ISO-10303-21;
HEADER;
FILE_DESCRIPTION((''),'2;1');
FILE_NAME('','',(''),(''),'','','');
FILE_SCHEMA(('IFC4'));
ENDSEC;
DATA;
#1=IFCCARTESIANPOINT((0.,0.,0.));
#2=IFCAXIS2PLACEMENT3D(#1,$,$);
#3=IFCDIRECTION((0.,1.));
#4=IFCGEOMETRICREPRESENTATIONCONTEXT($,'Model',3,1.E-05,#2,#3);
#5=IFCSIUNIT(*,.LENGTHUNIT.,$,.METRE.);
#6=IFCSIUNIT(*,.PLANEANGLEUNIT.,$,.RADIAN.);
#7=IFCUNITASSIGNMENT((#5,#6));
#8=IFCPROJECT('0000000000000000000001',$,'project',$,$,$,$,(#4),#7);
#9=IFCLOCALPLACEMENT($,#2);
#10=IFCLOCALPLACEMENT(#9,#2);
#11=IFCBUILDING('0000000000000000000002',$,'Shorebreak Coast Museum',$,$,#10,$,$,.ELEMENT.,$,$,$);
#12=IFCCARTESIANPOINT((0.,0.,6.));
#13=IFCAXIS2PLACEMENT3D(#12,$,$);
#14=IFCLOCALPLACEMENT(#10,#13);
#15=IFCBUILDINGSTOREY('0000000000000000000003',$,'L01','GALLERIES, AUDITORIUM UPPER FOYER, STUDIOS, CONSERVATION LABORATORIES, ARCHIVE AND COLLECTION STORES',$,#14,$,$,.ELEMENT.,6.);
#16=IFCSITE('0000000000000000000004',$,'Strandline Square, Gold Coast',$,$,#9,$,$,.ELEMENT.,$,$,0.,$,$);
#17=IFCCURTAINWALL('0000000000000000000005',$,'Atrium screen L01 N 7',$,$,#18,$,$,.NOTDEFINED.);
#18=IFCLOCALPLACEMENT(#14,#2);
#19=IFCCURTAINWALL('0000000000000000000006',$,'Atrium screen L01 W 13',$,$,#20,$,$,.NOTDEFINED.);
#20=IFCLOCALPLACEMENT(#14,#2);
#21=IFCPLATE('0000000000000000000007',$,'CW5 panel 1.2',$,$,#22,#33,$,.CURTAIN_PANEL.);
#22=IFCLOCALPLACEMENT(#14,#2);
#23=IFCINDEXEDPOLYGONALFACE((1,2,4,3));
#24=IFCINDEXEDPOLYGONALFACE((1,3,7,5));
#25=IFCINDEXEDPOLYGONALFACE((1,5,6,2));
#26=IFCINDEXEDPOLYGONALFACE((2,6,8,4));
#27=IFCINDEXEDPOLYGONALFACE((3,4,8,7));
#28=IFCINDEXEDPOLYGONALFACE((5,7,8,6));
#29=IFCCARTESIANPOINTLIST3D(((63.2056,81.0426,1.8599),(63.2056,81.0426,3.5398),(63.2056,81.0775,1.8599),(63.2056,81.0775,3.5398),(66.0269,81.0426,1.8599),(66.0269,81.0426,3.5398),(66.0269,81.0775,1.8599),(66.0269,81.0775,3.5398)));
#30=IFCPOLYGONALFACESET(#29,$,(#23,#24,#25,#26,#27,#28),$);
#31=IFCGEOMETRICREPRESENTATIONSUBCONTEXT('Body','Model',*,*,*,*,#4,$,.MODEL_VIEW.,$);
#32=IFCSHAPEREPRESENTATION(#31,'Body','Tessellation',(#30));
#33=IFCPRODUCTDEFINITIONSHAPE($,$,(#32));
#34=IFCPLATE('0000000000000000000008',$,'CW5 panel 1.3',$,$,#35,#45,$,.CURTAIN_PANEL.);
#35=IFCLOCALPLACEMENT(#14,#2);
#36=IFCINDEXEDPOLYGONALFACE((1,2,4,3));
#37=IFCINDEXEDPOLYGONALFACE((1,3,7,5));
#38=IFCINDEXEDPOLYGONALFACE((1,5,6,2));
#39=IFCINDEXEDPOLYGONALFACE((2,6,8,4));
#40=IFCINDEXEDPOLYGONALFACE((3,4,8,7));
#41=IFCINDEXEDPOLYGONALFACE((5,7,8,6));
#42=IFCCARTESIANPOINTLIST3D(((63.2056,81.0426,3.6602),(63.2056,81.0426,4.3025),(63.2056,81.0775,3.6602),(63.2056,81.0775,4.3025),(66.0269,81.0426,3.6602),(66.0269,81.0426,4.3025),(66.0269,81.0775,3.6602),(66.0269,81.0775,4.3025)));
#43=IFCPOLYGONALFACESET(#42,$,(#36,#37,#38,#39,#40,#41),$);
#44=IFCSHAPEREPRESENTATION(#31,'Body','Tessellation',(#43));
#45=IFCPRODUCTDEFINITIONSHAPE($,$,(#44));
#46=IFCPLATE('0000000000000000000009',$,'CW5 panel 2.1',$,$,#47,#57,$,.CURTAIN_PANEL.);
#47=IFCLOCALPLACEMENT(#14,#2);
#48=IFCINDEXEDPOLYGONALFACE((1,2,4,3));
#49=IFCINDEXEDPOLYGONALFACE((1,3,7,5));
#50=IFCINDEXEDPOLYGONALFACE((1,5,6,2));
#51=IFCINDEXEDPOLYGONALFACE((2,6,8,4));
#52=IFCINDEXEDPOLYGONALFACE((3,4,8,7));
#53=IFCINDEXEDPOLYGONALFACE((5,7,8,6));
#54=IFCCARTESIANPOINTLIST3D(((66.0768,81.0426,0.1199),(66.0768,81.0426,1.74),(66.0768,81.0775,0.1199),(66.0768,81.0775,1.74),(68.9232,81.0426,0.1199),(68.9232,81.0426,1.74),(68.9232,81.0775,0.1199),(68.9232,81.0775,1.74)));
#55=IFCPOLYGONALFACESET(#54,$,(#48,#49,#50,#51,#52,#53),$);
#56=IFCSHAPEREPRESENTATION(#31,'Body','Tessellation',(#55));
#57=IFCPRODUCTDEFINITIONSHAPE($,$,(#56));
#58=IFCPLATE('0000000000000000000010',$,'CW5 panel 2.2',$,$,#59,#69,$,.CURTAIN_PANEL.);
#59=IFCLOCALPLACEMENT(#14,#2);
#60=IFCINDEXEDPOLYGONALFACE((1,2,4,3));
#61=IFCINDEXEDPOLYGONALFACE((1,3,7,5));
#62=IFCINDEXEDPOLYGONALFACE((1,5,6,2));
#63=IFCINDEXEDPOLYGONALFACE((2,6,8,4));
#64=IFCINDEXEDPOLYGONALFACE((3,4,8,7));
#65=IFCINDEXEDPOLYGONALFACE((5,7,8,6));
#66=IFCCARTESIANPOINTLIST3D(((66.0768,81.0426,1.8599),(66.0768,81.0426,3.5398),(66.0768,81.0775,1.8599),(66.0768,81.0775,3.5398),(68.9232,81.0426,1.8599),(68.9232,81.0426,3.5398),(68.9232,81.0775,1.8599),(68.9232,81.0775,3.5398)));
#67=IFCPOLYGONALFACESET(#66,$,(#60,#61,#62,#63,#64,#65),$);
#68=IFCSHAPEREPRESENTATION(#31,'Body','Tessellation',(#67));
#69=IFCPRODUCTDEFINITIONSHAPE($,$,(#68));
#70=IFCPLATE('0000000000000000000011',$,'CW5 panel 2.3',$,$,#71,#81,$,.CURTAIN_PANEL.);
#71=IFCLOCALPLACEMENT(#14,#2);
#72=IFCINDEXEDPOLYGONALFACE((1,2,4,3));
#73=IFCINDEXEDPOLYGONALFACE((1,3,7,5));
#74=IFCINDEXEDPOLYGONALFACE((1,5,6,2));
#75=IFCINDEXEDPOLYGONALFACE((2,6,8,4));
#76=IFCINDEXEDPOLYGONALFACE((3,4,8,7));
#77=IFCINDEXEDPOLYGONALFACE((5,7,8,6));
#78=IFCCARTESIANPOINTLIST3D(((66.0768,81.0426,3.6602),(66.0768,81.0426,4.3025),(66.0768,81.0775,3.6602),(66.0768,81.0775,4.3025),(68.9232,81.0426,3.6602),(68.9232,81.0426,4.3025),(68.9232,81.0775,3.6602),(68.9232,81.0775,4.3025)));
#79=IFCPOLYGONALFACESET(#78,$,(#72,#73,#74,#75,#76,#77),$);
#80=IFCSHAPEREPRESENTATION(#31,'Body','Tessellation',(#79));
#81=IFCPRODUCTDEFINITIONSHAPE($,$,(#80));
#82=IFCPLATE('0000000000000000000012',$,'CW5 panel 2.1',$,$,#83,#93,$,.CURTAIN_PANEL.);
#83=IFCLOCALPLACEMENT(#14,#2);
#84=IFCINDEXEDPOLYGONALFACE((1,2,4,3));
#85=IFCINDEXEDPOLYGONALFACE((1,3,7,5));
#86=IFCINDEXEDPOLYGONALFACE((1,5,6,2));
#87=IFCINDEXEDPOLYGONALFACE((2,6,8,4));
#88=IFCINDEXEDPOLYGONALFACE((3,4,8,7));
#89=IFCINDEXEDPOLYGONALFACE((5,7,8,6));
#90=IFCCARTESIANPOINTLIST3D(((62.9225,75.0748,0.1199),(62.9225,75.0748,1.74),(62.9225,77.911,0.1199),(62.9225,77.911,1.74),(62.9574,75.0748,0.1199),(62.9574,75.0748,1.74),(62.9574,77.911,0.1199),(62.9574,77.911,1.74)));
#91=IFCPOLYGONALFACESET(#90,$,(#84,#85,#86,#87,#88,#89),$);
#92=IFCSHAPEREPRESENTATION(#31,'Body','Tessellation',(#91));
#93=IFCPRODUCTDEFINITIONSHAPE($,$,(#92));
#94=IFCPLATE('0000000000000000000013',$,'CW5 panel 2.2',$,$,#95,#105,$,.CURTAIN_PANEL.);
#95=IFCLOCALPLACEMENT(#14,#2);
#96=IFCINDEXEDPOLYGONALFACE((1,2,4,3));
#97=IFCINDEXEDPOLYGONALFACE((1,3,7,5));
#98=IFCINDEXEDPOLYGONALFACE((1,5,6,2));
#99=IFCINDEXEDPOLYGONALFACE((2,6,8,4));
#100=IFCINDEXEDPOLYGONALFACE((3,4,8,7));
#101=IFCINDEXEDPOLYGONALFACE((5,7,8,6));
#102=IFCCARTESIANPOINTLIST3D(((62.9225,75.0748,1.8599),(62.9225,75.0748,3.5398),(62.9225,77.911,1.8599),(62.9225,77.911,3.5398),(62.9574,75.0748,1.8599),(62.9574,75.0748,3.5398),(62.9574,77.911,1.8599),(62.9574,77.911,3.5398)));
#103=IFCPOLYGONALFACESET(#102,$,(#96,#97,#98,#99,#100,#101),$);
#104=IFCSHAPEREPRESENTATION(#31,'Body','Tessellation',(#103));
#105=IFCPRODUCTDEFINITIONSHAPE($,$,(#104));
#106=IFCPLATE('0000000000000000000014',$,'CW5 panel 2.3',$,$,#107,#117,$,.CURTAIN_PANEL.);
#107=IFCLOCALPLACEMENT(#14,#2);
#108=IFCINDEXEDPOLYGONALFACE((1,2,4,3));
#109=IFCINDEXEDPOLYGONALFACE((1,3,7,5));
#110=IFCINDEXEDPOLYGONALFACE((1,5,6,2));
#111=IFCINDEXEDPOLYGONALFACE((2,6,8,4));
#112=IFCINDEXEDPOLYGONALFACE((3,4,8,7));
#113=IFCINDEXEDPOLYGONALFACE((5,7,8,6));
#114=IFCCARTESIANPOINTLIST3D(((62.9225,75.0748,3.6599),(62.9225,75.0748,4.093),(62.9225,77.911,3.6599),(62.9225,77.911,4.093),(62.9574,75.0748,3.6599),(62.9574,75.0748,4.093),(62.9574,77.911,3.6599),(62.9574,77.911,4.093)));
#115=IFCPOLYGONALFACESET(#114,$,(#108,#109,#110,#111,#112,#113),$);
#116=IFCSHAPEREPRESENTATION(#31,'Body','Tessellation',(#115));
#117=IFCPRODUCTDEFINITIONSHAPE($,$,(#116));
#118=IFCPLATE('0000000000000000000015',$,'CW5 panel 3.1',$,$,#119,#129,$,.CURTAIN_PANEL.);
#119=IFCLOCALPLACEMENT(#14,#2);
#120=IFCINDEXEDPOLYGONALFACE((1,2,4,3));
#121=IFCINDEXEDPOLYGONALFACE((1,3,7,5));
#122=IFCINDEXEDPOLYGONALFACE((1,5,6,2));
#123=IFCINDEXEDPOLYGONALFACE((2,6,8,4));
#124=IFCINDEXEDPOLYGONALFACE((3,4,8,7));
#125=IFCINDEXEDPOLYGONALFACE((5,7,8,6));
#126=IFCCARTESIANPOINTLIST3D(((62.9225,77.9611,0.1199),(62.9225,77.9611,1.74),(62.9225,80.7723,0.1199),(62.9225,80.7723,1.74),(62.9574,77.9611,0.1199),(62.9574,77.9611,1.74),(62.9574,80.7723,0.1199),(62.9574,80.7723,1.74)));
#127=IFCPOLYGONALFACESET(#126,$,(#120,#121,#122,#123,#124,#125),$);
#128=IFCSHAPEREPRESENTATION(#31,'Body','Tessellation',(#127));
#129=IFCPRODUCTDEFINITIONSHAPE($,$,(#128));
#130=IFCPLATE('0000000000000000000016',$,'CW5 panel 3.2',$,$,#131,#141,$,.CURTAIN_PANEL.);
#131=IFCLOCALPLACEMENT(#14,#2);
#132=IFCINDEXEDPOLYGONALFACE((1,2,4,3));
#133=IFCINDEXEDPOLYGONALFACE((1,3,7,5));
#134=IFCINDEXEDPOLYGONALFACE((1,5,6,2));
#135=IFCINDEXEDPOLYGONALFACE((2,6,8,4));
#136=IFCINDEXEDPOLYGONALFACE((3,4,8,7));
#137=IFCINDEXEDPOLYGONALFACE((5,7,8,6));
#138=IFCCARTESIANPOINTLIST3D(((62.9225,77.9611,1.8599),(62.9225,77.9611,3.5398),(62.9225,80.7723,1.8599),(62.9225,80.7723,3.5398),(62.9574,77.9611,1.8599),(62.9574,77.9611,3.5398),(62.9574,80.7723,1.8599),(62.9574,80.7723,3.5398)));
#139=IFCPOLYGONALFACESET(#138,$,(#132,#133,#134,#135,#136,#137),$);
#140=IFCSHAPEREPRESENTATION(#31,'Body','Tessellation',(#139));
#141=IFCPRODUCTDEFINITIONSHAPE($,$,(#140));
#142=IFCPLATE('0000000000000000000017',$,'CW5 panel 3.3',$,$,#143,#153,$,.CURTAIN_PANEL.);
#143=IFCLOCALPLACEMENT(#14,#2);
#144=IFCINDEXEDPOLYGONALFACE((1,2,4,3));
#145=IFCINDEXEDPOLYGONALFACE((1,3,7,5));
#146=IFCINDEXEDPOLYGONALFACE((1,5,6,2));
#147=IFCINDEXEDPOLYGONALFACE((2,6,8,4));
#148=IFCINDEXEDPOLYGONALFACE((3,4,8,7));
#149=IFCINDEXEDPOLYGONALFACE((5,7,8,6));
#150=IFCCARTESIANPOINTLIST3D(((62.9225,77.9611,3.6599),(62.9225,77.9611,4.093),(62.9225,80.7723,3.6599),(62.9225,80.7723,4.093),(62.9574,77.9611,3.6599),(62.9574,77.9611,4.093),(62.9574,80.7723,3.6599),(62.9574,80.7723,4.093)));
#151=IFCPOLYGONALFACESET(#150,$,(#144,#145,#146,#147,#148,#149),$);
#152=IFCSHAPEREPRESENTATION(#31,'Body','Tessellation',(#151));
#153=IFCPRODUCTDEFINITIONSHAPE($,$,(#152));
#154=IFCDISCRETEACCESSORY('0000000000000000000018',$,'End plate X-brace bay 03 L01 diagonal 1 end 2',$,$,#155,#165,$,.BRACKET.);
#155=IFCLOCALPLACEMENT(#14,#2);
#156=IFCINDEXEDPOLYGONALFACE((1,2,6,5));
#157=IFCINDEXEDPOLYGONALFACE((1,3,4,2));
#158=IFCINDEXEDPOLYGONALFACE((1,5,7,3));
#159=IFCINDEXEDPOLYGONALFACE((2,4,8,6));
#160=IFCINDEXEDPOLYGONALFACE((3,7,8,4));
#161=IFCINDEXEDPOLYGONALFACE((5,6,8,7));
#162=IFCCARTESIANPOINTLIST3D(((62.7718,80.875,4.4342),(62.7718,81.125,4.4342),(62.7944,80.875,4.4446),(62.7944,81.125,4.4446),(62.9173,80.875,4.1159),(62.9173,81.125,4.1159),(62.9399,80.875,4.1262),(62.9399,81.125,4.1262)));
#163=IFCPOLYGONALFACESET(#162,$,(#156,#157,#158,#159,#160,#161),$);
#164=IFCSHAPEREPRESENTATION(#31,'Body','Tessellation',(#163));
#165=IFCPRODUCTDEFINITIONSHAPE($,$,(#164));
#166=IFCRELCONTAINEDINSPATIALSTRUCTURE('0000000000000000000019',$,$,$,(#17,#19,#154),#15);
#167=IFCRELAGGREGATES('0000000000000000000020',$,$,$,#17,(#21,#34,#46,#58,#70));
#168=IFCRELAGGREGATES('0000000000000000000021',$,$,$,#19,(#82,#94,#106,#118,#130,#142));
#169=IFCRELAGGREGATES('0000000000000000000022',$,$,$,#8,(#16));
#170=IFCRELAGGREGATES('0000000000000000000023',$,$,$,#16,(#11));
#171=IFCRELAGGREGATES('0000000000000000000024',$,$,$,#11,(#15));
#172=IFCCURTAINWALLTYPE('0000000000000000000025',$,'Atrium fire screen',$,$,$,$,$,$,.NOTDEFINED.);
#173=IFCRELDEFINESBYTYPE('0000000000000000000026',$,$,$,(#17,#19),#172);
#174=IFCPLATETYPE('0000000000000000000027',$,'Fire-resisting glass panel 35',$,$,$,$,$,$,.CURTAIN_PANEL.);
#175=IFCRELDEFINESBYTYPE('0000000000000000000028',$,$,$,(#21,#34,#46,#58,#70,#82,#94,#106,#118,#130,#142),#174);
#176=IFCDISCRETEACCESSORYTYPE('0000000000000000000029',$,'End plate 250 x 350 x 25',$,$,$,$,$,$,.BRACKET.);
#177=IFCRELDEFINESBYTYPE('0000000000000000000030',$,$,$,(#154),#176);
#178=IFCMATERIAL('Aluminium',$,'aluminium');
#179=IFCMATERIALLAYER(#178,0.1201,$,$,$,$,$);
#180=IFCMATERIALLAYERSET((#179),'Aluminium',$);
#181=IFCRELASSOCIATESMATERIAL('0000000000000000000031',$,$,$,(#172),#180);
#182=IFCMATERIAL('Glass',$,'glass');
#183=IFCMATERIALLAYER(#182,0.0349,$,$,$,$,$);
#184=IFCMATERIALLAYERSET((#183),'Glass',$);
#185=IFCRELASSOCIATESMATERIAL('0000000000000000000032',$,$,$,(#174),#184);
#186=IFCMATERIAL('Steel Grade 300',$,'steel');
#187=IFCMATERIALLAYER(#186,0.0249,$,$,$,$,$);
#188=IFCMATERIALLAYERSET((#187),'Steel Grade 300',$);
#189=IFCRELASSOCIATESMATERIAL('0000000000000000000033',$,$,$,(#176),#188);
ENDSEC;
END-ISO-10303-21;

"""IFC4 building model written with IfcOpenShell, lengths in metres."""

from ifc_helpers import new_model, si_unit, direction, frame, origin, origin_2d, place, context, subcontext, project, spatial, polyline, rectangle, outline, extrude, material, layer, layer_set, type_object, element, aggregate, save


model = new_model("IFC4")

# Units and contexts
model_context = context("Model", 3, precision=1e-05, world=origin(), true_north=direction((0.0, 1.0)))
body_context = subcontext(model_context, "Body", "Model", "MODEL_VIEW")
ifc_project = project(units=[si_unit("LENGTHUNIT", "METRE"), si_unit("PLANEANGLEUNIT", "RADIAN")], contexts=[model_context])

# Site, building, storey
site_placement = place(None, origin())
site = spatial("IfcSite", under=ifc_project, at=site_placement, Name="Strandline Square, Gold Coast", CompositionType="ELEMENT", RefElevation=0.0)
building_placement = place(site_placement, origin())
building = spatial("IfcBuilding", under=site, at=building_placement, Name="Shorebreak Coast Museum", CompositionType="ELEMENT")
storey_placement = place(building_placement, frame((0.0, 0.0, 6.0)))
storey = spatial("IfcBuildingStorey", under=building, at=storey_placement, Name="L01", Description="GALLERIES, AUDITORIUM UPPER FOYER, STUDIOS, CONSERVATION LABORATORIES, ARCHIVE AND COLLECTION STORES", CompositionType="ELEMENT", Elevation=6.0)

# Curtain walls
ifc_material_1 = material(Name="Aluminium", Category="aluminium")
ifc_layer_1 = layer(ifc_material_1, 0.1201)
ifc_layer_set_1 = layer_set([ifc_layer_1], Name="Aluminium")
curtain_wall_type = type_object("IfcCurtainWallType", Name="Atrium fire screen", PredefinedType="NOTDEFINED", material=ifc_layer_set_1)
curtain_wall_1_placement = place(storey_placement, origin())
curtain_wall_1 = element("IfcCurtainWall", 1, at=curtain_wall_1_placement, inside=storey, type_object=curtain_wall_type, Name="Atrium screen L01 N 7", PredefinedType="NOTDEFINED")
curtain_wall_2_placement = place(storey_placement, origin())
curtain_wall_2 = element("IfcCurtainWall", 2, at=curtain_wall_2_placement, inside=storey, type_object=curtain_wall_type, Name="Atrium screen L01 W 13", PredefinedType="NOTDEFINED")

# Plates
ifc_material_2 = material(Name="Glass", Category="glass")
ifc_layer_2 = layer(ifc_material_2, 0.0349)
ifc_layer_set_2 = layer_set([ifc_layer_2], Name="Glass")
plate_type = type_object("IfcPlateType", Name="Fire-resisting glass panel 35", PredefinedType="CURTAIN_PANEL", material=ifc_layer_set_2)
plate_1_placement = place(storey_placement, frame((64.6162, 81.0601, 1.8599), z_axis=(0.0, 0.0, 1.0), x_axis=(1.0, 0.0, 0.0)))
plate_1 = element("IfcPlate", 3, at=plate_1_placement, type_object=plate_type, Name="CW5 panel 1.2", PredefinedType="CURTAIN_PANEL", context=body_context, shape_type="SweptSolid", body=[
    extrude(rectangle(XDim=2.8213, YDim=0.0349, at=origin_2d()), origin(), (0.0, 0.0, 1.0), 1.6799),
])
plate_2_placement = place(storey_placement, frame((64.6162, 81.0601, 3.6602), z_axis=(0.0, 0.0, 1.0), x_axis=(1.0, 0.0, 0.0)))
plate_2 = element("IfcPlate", 4, at=plate_2_placement, type_object=plate_type, Name="CW5 panel 1.3", PredefinedType="CURTAIN_PANEL", context=body_context, shape_type="SweptSolid", body=[
    extrude(rectangle(XDim=2.8213, YDim=0.0349, at=origin_2d()), origin(), (0.0, 0.0, 1.0), 0.6423),
])
plate_3_placement = place(storey_placement, frame((67.5, 81.0601, 0.1199), z_axis=(0.0, 0.0, 1.0), x_axis=(1.0, 0.0, 0.0)))
plate_3 = element("IfcPlate", 5, at=plate_3_placement, type_object=plate_type, Name="CW5 panel 2.1", PredefinedType="CURTAIN_PANEL", context=body_context, shape_type="SweptSolid", body=[
    extrude(rectangle(XDim=2.8464, YDim=0.0349, at=origin_2d()), origin(), (0.0, 0.0, 1.0), 1.6201),
])
plate_4_placement = place(storey_placement, frame((67.5, 81.0601, 1.8599), z_axis=(0.0, 0.0, 1.0), x_axis=(1.0, 0.0, 0.0)))
plate_4 = element("IfcPlate", 6, at=plate_4_placement, type_object=plate_type, Name="CW5 panel 2.2", PredefinedType="CURTAIN_PANEL", context=body_context, shape_type="SweptSolid", body=[
    extrude(rectangle(XDim=2.8464, YDim=0.0349, at=origin_2d()), origin(), (0.0, 0.0, 1.0), 1.6799),
])
plate_5_placement = place(storey_placement, frame((67.5, 81.0601, 3.6602), z_axis=(0.0, 0.0, 1.0), x_axis=(1.0, 0.0, 0.0)))
plate_5 = element("IfcPlate", 7, at=plate_5_placement, type_object=plate_type, Name="CW5 panel 2.3", PredefinedType="CURTAIN_PANEL", context=body_context, shape_type="SweptSolid", body=[
    extrude(rectangle(XDim=2.8464, YDim=0.0349, at=origin_2d()), origin(), (0.0, 0.0, 1.0), 0.6423),
])
aggregate(curtain_wall_1, [plate_1, plate_2, plate_3, plate_4, plate_5])
plate_6_placement = place(storey_placement, frame((62.9399, 76.4929, 0.1199), z_axis=(0.0, 0.0, 1.0), x_axis=(0.0, 1.0, 0.0)))
plate_6 = element("IfcPlate", 8, at=plate_6_placement, type_object=plate_type, Name="CW5 panel 2.1", PredefinedType="CURTAIN_PANEL", context=body_context, shape_type="SweptSolid", body=[
    extrude(rectangle(XDim=2.8362, YDim=0.0349, at=origin_2d()), origin(), (0.0, 0.0, 1.0), 1.6201),
])
plate_7_placement = place(storey_placement, frame((62.9399, 76.4929, 1.8599), z_axis=(0.0, 0.0, 1.0), x_axis=(0.0, 1.0, 0.0)))
plate_7 = element("IfcPlate", 9, at=plate_7_placement, type_object=plate_type, Name="CW5 panel 2.2", PredefinedType="CURTAIN_PANEL", context=body_context, shape_type="SweptSolid", body=[
    extrude(rectangle(XDim=2.8362, YDim=0.0349, at=origin_2d()), origin(), (0.0, 0.0, 1.0), 1.6799),
])
plate_8_placement = place(storey_placement, frame((62.9399, 76.4929, 3.6599), z_axis=(0.0, 0.0, 1.0), x_axis=(0.0, 1.0, 0.0)))
plate_8 = element("IfcPlate", 10, at=plate_8_placement, type_object=plate_type, Name="CW5 panel 2.3", PredefinedType="CURTAIN_PANEL", context=body_context, shape_type="SweptSolid", body=[
    extrude(rectangle(XDim=2.8362, YDim=0.0349, at=origin_2d()), origin(), (0.0, 0.0, 1.0), 0.4331),
])
plate_9_placement = place(storey_placement, frame((62.9399, 79.3667, 0.1199), z_axis=(0.0, 0.0, 1.0), x_axis=(0.0, 1.0, 0.0)))
plate_9 = element("IfcPlate", 11, at=plate_9_placement, type_object=plate_type, Name="CW5 panel 3.1", PredefinedType="CURTAIN_PANEL", context=body_context, shape_type="SweptSolid", body=[
    extrude(rectangle(XDim=2.8113, YDim=0.0349, at=origin_2d()), origin(), (0.0, 0.0, 1.0), 1.6201),
])
plate_10_placement = place(storey_placement, frame((62.9399, 79.3667, 1.8599), z_axis=(0.0, 0.0, 1.0), x_axis=(0.0, 1.0, 0.0)))
plate_10 = element("IfcPlate", 12, at=plate_10_placement, type_object=plate_type, Name="CW5 panel 3.2", PredefinedType="CURTAIN_PANEL", context=body_context, shape_type="SweptSolid", body=[
    extrude(rectangle(XDim=2.8113, YDim=0.0349, at=origin_2d()), origin(), (0.0, 0.0, 1.0), 1.6799),
])
plate_11_placement = place(storey_placement, frame((62.9399, 79.3667, 3.6599), z_axis=(0.0, 0.0, 1.0), x_axis=(0.0, 1.0, 0.0)))
plate_11 = element("IfcPlate", 13, at=plate_11_placement, type_object=plate_type, Name="CW5 panel 3.3", PredefinedType="CURTAIN_PANEL", context=body_context, shape_type="SweptSolid", body=[
    extrude(rectangle(XDim=2.8113, YDim=0.0349, at=origin_2d()), origin(), (0.0, 0.0, 1.0), 0.4331),
])
aggregate(curtain_wall_2, [plate_6, plate_7, plate_8, plate_9, plate_10, plate_11])

# Discrete accessory
ifc_material_3 = material(Name="Steel Grade 300", Category="steel")
ifc_layer_3 = layer(ifc_material_3, 0.0249)
ifc_layer_set_3 = layer_set([ifc_layer_3], Name="Steel Grade 300")
discrete_accessory_type = type_object("IfcDiscreteAccessoryType", Name="End plate 250 x 350 x 25", PredefinedType="BRACKET", material=ifc_layer_set_3)
discrete_accessory_placement = place(storey_placement, frame((62.9399, 80.875, 4.1262), z_axis=(0.909505, 0.0, 0.415694), x_axis=(0.0, 1.0, 0.0)))
element("IfcDiscreteAccessory", 14, at=discrete_accessory_placement, inside=storey, type_object=discrete_accessory_type, Name="End plate X-brace bay 03 L01 diagonal 1 end 2", PredefinedType="BRACKET", context=body_context, shape_type="SweptSolid", body=[
    extrude(outline(polyline([(0.0, 0.0), (0.25, 0.0), (0.25, 0.35), (0.0, 0.35), (0.0, 0.0)])), origin(), (0.0, 0.0, -1.0), 0.0249),
])

save(model, "model.ifc")
